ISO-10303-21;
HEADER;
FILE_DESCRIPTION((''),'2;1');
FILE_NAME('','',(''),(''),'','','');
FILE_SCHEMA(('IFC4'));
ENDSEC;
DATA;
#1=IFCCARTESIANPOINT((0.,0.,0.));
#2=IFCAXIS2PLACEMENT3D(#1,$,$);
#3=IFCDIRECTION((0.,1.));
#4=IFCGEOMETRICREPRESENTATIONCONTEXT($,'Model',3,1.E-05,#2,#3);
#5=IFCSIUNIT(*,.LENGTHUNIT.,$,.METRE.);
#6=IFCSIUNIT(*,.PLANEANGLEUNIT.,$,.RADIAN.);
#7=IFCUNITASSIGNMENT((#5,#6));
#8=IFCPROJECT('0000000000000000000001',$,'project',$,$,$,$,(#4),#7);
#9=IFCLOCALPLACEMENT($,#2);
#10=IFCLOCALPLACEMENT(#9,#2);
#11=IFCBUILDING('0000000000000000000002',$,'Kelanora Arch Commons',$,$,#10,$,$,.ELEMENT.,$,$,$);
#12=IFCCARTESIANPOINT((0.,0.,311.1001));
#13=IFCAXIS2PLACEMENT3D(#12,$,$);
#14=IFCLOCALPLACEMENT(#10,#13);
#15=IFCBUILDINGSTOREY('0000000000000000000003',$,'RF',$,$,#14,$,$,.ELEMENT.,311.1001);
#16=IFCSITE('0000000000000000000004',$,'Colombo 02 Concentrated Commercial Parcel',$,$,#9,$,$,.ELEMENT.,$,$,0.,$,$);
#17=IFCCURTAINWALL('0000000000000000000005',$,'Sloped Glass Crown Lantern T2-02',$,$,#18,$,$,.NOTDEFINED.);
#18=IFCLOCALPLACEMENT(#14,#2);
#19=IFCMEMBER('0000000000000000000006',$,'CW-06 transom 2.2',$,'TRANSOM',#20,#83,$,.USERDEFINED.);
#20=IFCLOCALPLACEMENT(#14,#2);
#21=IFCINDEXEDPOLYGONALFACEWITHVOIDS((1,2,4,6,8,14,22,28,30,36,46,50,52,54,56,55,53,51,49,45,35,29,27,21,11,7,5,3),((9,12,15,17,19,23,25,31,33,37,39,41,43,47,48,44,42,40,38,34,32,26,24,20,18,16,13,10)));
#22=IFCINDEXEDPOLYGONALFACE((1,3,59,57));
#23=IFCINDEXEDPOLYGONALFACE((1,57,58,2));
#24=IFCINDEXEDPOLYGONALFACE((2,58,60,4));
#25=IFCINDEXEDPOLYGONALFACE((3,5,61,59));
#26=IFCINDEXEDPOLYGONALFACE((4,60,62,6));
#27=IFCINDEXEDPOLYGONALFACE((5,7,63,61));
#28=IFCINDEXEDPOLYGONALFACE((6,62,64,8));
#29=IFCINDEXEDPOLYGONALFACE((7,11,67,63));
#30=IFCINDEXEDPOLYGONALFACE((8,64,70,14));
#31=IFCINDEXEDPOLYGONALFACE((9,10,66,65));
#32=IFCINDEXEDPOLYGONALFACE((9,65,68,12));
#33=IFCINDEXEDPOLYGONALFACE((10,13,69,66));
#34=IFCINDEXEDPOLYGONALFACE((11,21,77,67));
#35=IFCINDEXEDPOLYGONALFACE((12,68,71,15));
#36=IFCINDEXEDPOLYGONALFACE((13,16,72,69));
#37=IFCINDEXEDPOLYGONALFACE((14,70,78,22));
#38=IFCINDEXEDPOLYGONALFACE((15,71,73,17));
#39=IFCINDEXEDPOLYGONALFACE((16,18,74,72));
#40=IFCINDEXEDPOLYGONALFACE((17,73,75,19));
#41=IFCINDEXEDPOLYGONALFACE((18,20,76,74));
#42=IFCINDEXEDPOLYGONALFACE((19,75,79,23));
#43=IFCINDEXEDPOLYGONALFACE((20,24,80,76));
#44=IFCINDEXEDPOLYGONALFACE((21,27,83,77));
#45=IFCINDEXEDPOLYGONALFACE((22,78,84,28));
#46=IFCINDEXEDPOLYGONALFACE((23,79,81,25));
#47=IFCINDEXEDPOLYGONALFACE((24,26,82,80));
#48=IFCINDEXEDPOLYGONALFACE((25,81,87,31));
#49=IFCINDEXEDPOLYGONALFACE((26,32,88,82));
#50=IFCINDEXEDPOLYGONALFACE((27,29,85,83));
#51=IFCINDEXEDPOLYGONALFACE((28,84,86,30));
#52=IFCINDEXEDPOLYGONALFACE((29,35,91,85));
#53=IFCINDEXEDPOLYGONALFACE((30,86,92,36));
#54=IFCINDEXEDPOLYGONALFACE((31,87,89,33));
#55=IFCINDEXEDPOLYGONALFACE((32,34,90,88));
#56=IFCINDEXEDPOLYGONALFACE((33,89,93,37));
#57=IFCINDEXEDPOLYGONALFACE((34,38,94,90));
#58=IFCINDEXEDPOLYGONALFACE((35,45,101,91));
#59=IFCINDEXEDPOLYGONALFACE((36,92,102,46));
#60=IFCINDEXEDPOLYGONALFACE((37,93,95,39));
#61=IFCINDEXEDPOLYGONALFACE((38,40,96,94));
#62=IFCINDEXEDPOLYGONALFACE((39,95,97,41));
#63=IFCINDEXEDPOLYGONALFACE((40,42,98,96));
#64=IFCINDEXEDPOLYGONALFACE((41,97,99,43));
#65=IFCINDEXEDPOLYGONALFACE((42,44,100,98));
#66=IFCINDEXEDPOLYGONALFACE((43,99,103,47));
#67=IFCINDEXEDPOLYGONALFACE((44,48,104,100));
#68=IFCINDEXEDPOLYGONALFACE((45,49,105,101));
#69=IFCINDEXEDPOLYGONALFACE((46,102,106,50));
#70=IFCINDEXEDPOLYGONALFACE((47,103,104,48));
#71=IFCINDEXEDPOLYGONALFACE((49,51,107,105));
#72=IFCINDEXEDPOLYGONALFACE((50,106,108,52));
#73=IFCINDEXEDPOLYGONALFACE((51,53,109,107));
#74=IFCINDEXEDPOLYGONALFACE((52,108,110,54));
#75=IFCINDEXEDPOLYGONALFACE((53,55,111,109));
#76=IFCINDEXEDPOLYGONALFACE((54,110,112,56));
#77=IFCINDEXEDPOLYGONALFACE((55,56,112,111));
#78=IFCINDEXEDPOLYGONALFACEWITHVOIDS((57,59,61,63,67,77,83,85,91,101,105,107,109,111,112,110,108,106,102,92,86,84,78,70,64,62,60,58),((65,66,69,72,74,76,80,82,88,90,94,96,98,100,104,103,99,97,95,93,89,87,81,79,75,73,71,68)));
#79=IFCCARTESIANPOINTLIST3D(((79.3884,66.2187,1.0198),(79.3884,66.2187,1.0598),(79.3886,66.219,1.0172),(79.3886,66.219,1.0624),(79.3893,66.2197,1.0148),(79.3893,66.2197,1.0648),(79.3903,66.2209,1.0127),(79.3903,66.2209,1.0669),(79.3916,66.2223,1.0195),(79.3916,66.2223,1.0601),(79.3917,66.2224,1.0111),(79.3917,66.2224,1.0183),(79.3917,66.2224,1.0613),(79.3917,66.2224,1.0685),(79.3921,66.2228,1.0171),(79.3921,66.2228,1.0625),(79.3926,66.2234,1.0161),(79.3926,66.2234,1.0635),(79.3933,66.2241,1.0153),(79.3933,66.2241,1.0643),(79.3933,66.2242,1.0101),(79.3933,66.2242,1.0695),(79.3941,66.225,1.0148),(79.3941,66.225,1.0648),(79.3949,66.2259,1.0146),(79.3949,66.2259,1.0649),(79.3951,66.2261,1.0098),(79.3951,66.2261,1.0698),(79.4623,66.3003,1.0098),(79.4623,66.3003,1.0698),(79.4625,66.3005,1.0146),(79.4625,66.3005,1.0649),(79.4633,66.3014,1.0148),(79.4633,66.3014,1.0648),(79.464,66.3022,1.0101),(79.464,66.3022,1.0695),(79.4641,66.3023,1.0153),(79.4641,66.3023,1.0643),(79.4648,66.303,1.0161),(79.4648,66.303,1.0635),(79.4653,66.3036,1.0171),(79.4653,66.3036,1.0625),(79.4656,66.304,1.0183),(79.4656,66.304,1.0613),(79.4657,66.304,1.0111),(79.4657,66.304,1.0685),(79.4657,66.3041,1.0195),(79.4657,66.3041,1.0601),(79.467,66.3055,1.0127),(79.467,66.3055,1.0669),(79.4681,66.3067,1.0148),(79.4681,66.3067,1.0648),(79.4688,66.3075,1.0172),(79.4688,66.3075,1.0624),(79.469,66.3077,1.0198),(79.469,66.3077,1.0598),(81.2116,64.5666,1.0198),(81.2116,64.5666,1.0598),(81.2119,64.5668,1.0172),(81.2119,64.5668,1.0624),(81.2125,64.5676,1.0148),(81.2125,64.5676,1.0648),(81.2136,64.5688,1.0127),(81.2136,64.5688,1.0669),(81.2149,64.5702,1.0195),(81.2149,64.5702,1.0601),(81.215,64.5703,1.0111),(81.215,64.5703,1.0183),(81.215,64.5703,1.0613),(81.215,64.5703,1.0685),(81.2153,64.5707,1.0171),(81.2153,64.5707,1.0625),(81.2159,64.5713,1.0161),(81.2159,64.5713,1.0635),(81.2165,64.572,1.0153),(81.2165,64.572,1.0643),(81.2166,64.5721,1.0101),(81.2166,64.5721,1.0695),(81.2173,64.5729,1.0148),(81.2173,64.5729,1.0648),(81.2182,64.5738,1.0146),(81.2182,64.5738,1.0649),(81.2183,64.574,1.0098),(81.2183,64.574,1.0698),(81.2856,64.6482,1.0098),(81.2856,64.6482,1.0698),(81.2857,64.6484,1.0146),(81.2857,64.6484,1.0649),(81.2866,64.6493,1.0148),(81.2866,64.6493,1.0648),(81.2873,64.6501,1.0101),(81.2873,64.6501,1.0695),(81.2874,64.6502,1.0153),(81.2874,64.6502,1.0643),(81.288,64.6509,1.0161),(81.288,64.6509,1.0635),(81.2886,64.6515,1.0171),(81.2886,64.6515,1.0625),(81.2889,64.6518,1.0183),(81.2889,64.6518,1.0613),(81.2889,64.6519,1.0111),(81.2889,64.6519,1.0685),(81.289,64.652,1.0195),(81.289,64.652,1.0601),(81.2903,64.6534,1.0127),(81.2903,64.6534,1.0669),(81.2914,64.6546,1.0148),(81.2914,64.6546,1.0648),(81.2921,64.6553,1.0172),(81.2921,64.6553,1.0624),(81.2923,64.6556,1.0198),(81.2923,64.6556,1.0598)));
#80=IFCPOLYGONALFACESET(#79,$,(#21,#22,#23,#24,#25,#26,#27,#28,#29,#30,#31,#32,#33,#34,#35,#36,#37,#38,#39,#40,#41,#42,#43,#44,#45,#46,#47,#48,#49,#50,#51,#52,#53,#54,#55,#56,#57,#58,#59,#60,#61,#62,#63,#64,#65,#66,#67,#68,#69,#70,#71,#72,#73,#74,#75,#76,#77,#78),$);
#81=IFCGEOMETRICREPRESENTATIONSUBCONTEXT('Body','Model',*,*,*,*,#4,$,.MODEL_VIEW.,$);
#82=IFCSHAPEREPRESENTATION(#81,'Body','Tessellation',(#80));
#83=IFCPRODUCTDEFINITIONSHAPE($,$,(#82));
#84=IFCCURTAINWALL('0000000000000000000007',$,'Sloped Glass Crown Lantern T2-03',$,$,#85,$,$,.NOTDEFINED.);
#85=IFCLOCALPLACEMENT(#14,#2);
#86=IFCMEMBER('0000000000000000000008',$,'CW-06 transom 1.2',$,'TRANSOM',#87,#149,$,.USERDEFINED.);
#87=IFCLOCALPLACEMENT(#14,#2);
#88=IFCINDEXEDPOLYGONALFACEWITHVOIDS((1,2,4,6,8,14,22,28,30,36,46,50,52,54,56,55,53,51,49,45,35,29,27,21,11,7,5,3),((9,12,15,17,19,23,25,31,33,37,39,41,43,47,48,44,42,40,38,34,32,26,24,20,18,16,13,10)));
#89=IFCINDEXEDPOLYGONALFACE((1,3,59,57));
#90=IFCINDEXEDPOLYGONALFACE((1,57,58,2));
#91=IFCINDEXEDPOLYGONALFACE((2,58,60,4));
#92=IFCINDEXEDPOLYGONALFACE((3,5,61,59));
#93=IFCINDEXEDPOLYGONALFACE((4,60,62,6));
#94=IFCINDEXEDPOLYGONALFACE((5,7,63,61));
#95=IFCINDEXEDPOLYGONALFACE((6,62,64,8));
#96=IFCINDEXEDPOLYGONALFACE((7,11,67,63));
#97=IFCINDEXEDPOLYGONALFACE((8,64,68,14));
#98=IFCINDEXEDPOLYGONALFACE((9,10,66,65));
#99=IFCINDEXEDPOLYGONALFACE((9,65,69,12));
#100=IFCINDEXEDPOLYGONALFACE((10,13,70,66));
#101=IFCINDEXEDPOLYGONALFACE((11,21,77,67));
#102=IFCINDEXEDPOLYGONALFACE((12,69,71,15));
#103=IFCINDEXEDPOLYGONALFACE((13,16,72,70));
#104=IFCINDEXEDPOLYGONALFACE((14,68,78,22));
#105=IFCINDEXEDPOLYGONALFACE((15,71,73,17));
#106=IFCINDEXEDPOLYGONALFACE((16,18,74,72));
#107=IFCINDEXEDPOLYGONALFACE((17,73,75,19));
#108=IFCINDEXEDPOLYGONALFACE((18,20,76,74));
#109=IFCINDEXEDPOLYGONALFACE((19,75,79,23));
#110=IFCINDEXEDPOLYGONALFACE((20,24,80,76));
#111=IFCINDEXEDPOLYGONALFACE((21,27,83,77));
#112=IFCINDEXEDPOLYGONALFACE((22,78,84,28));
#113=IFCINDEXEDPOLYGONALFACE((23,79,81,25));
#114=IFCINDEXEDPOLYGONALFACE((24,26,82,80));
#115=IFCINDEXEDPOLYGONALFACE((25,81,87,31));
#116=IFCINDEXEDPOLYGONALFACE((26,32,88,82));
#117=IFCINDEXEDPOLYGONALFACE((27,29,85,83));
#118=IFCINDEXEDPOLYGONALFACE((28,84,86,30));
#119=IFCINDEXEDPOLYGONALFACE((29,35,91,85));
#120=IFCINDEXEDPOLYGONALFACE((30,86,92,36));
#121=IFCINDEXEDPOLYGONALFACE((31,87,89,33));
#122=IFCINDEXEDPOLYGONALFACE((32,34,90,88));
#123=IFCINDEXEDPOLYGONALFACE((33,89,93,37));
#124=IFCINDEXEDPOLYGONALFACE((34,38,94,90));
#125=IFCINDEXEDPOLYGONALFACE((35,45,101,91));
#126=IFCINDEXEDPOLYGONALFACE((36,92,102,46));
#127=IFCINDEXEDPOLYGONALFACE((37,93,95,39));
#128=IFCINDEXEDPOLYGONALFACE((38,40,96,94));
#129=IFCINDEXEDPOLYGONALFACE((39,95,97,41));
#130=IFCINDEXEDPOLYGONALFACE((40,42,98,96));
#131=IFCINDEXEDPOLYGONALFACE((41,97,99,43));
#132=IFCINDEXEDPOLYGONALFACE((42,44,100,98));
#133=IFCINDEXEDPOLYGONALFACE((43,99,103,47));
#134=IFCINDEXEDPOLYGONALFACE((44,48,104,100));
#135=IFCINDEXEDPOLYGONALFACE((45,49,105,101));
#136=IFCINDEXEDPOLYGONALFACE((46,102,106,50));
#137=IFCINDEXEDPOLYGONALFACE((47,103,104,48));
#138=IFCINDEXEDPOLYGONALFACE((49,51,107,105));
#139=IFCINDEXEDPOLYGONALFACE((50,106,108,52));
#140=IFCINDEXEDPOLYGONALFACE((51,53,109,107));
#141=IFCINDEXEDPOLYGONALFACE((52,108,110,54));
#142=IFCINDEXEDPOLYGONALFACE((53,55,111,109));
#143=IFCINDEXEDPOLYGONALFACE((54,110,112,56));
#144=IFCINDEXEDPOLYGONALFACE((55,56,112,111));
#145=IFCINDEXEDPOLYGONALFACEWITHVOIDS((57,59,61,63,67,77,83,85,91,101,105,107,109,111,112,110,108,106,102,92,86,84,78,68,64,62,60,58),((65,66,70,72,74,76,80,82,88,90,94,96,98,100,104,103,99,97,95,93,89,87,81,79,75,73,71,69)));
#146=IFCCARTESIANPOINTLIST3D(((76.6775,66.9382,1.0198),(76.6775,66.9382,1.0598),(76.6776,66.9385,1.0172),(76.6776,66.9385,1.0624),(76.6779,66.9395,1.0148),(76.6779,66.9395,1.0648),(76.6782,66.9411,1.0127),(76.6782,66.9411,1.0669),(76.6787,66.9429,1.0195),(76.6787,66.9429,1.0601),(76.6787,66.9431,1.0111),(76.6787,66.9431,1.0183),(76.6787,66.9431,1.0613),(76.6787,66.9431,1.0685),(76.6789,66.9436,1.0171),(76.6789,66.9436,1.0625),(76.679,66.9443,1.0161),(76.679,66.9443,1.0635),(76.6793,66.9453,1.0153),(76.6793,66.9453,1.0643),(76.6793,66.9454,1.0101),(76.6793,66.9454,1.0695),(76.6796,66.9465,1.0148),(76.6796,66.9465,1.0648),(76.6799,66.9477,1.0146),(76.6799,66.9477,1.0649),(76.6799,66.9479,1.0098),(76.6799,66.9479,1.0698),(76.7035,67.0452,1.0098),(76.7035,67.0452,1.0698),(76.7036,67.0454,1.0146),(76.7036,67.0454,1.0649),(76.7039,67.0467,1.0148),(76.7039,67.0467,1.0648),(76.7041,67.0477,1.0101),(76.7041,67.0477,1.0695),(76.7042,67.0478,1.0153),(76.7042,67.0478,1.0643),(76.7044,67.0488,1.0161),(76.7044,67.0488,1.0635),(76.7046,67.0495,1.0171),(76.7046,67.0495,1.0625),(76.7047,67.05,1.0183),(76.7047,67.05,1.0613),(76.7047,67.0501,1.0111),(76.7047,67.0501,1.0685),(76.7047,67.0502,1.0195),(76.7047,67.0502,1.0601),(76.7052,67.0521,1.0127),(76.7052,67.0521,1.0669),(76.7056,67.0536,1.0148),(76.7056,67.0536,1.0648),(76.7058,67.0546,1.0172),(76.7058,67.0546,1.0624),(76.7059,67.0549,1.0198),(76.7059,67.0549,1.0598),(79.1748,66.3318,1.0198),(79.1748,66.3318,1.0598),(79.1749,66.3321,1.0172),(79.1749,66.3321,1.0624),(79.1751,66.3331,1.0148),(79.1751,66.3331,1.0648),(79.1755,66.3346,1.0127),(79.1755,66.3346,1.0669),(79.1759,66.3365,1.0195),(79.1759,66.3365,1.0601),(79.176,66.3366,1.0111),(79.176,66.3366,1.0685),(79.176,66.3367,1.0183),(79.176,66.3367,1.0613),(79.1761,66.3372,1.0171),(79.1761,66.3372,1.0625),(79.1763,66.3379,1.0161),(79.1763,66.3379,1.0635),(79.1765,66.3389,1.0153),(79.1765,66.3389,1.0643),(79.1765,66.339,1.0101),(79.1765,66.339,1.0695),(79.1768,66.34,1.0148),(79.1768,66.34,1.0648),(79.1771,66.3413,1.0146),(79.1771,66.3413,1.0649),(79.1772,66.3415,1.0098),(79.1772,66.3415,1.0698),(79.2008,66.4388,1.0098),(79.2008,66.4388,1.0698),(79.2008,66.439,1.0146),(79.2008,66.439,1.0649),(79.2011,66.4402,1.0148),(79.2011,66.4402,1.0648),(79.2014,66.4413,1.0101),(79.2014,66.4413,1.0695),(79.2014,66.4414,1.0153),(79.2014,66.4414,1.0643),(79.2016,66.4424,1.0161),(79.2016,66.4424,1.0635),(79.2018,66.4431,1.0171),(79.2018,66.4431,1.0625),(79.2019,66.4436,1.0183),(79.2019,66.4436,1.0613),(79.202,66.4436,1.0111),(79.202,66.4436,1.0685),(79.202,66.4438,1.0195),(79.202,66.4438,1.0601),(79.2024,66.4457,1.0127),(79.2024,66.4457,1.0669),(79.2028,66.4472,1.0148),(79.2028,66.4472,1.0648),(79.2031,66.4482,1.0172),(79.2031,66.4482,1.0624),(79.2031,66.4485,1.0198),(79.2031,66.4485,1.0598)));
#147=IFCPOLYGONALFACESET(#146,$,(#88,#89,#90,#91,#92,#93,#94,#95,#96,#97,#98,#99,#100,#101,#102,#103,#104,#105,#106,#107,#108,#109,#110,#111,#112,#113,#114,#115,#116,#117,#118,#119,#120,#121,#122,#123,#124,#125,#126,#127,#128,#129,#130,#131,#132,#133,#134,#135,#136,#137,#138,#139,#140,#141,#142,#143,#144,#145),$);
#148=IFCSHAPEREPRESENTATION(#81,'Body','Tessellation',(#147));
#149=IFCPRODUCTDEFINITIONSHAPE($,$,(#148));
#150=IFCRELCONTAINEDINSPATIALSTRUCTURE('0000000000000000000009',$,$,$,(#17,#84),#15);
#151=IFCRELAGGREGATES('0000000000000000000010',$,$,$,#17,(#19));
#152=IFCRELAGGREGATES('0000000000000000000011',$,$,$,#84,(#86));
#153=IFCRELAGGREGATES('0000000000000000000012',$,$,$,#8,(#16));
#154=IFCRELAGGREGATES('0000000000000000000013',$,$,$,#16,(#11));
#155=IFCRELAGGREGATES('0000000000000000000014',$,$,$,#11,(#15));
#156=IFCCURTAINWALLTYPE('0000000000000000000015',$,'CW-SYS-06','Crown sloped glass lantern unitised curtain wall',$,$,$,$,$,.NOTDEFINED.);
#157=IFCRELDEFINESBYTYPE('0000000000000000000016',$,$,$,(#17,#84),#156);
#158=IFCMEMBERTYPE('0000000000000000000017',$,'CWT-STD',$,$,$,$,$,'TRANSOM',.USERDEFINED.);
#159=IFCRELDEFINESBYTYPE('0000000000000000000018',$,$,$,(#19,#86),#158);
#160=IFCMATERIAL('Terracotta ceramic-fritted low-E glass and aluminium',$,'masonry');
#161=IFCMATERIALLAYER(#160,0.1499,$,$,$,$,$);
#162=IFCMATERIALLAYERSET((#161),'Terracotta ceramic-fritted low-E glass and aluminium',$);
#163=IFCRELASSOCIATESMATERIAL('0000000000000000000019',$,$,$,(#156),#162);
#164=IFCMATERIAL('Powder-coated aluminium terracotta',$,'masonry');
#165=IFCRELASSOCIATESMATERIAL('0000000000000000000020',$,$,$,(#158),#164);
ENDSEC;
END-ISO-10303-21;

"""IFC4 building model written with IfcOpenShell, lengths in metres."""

from ifc_helpers import new_model, si_unit, direction, frame, origin, origin_2d, place, context, subcontext, project, spatial, hollow_rectangle, extrude, material, layer, layer_set, material_profile, profile_set, type_object, element, aggregate, save


model = new_model("IFC4")

# Units and contexts
model_context = context("Model", 3, precision=1e-05, world=origin(), true_north=direction((0.0, 1.0)))
body_context = subcontext(model_context, "Body", "Model", "MODEL_VIEW")
ifc_project = project(units=[si_unit("LENGTHUNIT", "METRE"), si_unit("PLANEANGLEUNIT", "RADIAN")], contexts=[model_context])

# Site, building, storey
site_placement = place(None, origin())
site = spatial("IfcSite", under=ifc_project, at=site_placement, Name="Colombo 02 Concentrated Commercial Parcel", CompositionType="ELEMENT", RefElevation=0.0)
building_placement = place(site_placement, origin())
building = spatial("IfcBuilding", under=site, at=building_placement, Name="Kelanora Arch Commons", CompositionType="ELEMENT")
storey_placement = place(building_placement, frame((0.0, 0.0, 311.1001)))
storey = spatial("IfcBuildingStorey", under=building, at=storey_placement, Name="RF", CompositionType="ELEMENT", Elevation=311.1001)

# Shared definitions
ifc_material_1 = material(Name="Terracotta ceramic-fritted low-E glass and aluminium", Category="masonry")
ifc_layer_1 = layer(ifc_material_1, 0.1499)
ifc_layer_set_1 = layer_set([ifc_layer_1], Name="Terracotta ceramic-fritted low-E glass and aluminium")
curtain_wall_type = type_object("IfcCurtainWallType", Name="CW-SYS-06", Description="Crown sloped glass lantern unitised curtain wall", PredefinedType="NOTDEFINED", material=ifc_layer_set_1)
ifc_material_2 = material(Name="Powder-coated aluminium terracotta", Category="masonry")
ifc_material_profile_1 = material_profile(ifc_material_2, hollow_rectangle(XDim=0.1201, YDim=0.0601, WallThickness=0.0049, InnerFilletRadius=0.0049, OuterFilletRadius=0.01, at=origin_2d()), Name="CWT120x60")
ifc_profile_set_1 = profile_set([ifc_material_profile_1], Name="Powder-coated aluminium terracotta")
member_type_1 = type_object("IfcMemberType", Name="CWT-STD", ElementType="TRANSOM", PredefinedType="USERDEFINED", material=ifc_profile_set_1)

# Curtain walls, members
curtain_wall_1_placement = place(storey_placement, origin())
curtain_wall_1 = element("IfcCurtainWall", 1, at=curtain_wall_1_placement, inside=storey, type_object=curtain_wall_type, Name="Sloped Glass Crown Lantern T2-02", PredefinedType="NOTDEFINED")
member_1_placement = place(storey_placement, frame((81.252, 64.6111, 1.0398), z_axis=(-0.74103, 0.671472, 0.0), x_axis=(-0.671472, -0.74103, 0.0)))
member_1 = element("IfcMember", 2, at=member_1_placement, type_object=member_type_1, Name="CW-06 transom 2.2", ObjectType="TRANSOM", PredefinedType="USERDEFINED", context=body_context, shape_type="SweptSolid", body=[
    extrude(hollow_rectangle(XDim=0.1201, YDim=0.0601, WallThickness=0.0049, InnerFilletRadius=0.0049, OuterFilletRadius=0.01, at=origin_2d()), origin(), (0.0, 0.0, 1.0), 2.4604),
])
curtain_wall_2_placement = place(storey_placement, origin())
curtain_wall_2 = element("IfcCurtainWall", 3, at=curtain_wall_2_placement, inside=storey, type_object=curtain_wall_type, Name="Sloped Glass Crown Lantern T2-03", PredefinedType="NOTDEFINED")
member_2_placement = place(storey_placement, frame((79.189, 66.3901, 1.0398), z_axis=(-0.971758, 0.235981, 0.0), x_axis=(-0.235981, -0.971758, 0.0)))
member_2 = element("IfcMember", 4, at=member_2_placement, type_object=member_type_1, Name="CW-06 transom 1.2", ObjectType="TRANSOM", PredefinedType="USERDEFINED", context=body_context, shape_type="SweptSolid", body=[
    extrude(hollow_rectangle(XDim=0.1201, YDim=0.0601, WallThickness=0.0049, InnerFilletRadius=0.0049, OuterFilletRadius=0.01, at=origin_2d()), origin(), (0.0, 0.0, 1.0), 2.5698),
])

aggregate(curtain_wall_1, [member_1])
aggregate(curtain_wall_2, [member_2])

save(model, "model.ifc")
